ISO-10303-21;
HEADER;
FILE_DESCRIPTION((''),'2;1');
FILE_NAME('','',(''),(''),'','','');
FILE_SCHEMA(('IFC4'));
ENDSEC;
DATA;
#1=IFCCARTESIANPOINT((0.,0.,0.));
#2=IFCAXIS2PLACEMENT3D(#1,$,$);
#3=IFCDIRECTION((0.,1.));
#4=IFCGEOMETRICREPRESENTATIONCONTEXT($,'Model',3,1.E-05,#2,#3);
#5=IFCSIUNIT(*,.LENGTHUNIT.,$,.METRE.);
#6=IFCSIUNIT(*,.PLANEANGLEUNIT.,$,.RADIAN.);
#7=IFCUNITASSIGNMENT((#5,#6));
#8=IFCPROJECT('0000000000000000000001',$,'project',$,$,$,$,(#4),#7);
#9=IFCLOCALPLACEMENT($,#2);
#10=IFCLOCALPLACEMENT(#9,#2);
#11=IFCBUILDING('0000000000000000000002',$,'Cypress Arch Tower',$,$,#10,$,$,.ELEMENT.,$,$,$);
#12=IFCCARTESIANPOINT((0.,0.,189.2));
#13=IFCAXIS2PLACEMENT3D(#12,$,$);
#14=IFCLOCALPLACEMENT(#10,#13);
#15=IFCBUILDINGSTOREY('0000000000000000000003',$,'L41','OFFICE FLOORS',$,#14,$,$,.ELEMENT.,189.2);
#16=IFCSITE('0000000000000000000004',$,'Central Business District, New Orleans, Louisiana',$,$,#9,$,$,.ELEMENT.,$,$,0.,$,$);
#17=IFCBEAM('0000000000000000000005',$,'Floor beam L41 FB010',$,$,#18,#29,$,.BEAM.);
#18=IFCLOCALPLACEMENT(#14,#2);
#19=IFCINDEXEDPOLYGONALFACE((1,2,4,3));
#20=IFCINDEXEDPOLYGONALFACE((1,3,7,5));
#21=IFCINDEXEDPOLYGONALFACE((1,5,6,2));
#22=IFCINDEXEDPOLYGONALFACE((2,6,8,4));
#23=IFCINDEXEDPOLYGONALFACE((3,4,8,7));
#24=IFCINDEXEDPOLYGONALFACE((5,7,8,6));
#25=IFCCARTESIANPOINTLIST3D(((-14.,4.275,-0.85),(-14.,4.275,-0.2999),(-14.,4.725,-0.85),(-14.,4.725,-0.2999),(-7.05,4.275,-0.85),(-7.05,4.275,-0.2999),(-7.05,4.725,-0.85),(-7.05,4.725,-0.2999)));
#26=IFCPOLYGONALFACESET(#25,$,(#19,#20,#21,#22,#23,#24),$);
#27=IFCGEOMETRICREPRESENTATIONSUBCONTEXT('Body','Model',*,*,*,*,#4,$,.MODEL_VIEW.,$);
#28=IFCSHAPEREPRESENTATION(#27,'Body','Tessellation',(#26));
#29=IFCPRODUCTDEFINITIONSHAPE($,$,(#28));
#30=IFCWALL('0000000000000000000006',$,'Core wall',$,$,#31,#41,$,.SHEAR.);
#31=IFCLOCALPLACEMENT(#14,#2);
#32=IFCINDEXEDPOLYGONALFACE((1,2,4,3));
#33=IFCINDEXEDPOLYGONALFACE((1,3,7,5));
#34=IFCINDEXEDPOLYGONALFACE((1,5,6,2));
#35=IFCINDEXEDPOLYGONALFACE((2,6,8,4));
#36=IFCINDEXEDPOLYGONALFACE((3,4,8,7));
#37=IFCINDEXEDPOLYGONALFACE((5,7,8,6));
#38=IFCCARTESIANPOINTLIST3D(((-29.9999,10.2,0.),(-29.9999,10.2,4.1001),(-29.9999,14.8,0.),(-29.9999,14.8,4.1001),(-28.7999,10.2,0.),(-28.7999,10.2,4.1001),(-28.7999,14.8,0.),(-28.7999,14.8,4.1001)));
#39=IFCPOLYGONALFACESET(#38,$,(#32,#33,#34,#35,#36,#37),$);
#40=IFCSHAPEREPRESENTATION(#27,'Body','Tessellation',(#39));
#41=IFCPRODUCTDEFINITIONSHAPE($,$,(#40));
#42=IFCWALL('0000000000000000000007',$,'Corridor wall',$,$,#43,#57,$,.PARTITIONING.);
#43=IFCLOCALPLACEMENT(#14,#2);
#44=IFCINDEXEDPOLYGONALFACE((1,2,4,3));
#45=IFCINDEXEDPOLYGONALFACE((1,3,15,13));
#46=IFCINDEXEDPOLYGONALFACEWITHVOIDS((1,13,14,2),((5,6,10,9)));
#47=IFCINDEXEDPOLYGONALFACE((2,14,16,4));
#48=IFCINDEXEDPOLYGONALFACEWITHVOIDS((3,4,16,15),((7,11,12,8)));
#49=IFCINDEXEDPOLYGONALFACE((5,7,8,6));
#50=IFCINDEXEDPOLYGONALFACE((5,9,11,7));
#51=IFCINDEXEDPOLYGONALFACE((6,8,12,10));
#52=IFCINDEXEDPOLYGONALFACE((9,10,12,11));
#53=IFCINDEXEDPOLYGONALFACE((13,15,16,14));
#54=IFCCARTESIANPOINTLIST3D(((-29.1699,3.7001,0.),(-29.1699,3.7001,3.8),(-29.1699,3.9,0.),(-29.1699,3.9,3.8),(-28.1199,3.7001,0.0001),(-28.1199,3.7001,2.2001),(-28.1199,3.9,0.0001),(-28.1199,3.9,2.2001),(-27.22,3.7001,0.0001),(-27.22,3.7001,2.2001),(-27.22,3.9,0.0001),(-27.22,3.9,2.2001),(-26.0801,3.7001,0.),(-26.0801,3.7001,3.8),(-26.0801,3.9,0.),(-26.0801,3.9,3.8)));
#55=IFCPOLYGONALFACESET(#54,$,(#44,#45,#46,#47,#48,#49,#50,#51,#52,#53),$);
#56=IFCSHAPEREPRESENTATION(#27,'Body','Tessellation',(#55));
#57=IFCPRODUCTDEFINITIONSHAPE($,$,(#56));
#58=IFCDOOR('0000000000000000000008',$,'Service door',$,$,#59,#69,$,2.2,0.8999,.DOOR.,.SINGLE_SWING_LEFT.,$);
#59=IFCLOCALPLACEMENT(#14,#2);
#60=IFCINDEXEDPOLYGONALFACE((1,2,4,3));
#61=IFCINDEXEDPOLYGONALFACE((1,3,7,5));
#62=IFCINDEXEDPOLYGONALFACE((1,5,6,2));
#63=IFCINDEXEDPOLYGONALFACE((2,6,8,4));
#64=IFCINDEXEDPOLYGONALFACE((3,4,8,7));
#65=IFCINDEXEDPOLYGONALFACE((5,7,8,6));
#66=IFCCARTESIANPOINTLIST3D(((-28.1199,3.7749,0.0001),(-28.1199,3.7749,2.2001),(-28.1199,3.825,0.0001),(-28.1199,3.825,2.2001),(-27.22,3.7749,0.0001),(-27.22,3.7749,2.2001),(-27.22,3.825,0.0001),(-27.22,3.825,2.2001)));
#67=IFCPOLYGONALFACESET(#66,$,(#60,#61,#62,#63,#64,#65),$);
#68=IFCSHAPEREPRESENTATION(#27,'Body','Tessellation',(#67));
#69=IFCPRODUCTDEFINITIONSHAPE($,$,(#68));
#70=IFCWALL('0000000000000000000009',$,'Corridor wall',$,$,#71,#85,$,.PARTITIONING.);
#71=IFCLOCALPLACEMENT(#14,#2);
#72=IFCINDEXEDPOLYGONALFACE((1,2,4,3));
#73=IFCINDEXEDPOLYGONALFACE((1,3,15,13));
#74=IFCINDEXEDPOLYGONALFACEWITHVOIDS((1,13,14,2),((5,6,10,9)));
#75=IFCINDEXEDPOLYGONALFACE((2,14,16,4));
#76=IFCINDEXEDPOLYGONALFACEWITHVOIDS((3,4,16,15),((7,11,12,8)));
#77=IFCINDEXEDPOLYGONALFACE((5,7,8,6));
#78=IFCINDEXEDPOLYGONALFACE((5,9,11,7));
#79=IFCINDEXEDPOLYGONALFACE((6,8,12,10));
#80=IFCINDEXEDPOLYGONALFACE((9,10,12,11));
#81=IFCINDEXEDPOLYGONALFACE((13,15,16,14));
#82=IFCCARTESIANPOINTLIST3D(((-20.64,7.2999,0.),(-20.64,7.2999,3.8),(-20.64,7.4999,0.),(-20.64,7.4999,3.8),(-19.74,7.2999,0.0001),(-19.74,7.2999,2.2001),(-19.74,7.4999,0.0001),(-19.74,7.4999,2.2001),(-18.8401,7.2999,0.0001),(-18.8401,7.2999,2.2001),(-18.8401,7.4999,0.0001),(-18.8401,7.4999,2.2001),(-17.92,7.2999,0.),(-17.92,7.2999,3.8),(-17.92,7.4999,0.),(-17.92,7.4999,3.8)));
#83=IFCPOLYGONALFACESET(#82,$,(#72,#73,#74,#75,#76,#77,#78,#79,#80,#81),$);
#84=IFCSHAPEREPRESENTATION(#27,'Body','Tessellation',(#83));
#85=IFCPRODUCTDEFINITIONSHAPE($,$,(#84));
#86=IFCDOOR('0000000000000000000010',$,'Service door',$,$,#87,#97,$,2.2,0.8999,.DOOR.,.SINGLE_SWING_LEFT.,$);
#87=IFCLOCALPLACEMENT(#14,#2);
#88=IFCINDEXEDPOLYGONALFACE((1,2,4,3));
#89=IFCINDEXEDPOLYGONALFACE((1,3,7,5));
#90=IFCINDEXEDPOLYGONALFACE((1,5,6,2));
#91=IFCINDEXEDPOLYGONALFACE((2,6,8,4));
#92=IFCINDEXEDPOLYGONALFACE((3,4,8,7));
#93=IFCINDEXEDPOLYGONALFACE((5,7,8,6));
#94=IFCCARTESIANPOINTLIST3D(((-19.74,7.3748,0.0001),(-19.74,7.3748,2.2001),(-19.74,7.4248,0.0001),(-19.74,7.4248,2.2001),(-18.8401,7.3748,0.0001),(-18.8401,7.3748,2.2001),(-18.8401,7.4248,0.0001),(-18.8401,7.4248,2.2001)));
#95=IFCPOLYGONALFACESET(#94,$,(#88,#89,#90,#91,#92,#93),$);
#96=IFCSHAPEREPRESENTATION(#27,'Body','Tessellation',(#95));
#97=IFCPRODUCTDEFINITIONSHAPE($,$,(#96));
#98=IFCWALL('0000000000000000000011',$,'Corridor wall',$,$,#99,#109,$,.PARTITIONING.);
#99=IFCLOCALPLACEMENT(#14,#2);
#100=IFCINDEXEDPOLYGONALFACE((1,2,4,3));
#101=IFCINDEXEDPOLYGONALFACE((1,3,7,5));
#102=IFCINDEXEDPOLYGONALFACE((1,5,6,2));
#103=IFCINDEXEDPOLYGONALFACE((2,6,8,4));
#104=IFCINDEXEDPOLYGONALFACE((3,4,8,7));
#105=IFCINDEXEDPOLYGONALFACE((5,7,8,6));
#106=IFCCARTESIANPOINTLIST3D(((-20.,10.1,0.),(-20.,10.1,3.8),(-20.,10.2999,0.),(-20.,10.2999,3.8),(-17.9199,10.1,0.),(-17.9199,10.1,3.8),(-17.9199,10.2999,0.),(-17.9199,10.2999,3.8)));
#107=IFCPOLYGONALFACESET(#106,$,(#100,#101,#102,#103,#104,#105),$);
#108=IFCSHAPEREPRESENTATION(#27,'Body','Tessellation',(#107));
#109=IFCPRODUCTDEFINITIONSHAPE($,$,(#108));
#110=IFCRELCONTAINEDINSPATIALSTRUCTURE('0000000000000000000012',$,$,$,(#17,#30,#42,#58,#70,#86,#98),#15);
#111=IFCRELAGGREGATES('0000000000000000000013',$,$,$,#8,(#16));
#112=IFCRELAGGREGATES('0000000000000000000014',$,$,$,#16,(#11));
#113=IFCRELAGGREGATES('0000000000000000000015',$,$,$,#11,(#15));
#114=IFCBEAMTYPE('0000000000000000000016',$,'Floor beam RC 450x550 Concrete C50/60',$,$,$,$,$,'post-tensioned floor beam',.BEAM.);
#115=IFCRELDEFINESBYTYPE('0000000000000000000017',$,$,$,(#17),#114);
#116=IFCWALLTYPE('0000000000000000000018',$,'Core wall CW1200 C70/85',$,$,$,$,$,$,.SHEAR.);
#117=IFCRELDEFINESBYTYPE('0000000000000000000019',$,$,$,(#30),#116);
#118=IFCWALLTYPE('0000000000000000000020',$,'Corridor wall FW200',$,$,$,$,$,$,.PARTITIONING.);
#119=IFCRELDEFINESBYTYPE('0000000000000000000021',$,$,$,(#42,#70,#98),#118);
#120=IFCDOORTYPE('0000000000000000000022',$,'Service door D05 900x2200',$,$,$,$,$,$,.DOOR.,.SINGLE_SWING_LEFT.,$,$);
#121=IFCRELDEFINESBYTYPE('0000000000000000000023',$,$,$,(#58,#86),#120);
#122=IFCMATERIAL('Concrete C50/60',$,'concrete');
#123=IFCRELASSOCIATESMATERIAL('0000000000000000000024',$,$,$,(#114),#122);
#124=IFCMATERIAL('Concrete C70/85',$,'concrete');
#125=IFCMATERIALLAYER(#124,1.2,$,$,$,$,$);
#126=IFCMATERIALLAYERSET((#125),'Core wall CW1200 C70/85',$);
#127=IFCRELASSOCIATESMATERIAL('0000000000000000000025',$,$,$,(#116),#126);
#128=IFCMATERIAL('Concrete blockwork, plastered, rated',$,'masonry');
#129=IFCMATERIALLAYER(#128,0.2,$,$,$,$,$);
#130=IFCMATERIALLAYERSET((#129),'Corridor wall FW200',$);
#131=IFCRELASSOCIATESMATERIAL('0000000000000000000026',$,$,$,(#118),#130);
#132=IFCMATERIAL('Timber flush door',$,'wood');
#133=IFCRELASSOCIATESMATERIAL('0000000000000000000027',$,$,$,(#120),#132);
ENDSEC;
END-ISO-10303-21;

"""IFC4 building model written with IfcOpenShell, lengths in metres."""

from ifc_helpers import new_model, si_unit, direction, frame, frame_2d, origin, origin_2d, place, context, subcontext, project, spatial, rectangle, extrude, material, layer, layer_set, material_profile, profile_set, type_object, element, fill, save


model = new_model("IFC4")

# Units and contexts
model_context = context("Model", 3, precision=1e-05, world=origin(), true_north=direction((0.0, 1.0)))
body_context = subcontext(model_context, "Body", "Model", "MODEL_VIEW")
ifc_project = project(units=[si_unit("LENGTHUNIT", "METRE"), si_unit("PLANEANGLEUNIT", "RADIAN")], contexts=[model_context])

# Site, building, storey
site_placement = place(None, origin())
site = spatial("IfcSite", under=ifc_project, at=site_placement, Name="Central Business District, New Orleans, Louisiana", CompositionType="ELEMENT", RefElevation=0.0)
building_placement = place(site_placement, origin())
building = spatial("IfcBuilding", under=site, at=building_placement, Name="Cypress Arch Tower", CompositionType="ELEMENT")
storey_placement = place(building_placement, frame((0.0, 0.0, 189.2)))
storey = spatial("IfcBuildingStorey", under=building, at=storey_placement, Name="L41", Description="OFFICE FLOORS", CompositionType="ELEMENT", Elevation=189.2)

# Beam
ifc_material_1 = material(Name="Concrete C50/60", Category="concrete")
ifc_material_profile = material_profile(ifc_material_1, rectangle(XDim=0.45, YDim=0.55, at=origin_2d()), Name="RC 450x550")
ifc_profile_set = profile_set([ifc_material_profile], Name="Concrete C50/60")
beam_type = type_object("IfcBeamType", Name="Floor beam RC 450x550 Concrete C50/60", ElementType="post-tensioned floor beam", PredefinedType="BEAM", material=ifc_profile_set)
beam_placement = place(storey_placement, frame((-14.0, 4.5, -0.575), z_axis=(1.0, 0.0, 0.0), x_axis=(0.0, 1.0, 0.0)))
element("IfcBeam", 1, at=beam_placement, inside=storey, type_object=beam_type, Name="Floor beam L41 FB010", PredefinedType="BEAM", context=body_context, shape_type="SweptSolid", body=[
    extrude(rectangle(XDim=0.45, YDim=0.55, at=origin_2d()), origin(), (0.0, 0.0, 1.0), 6.95),
])

# Wall
ifc_material_2 = material(Name="Concrete C70/85", Category="concrete")
ifc_layer_1 = layer(ifc_material_2, 1.2)
ifc_layer_set_1 = layer_set([ifc_layer_1], Name="Core wall CW1200 C70/85")
wall_type_1 = type_object("IfcWallType", Name="Core wall CW1200 C70/85", PredefinedType="SHEAR", material=ifc_layer_set_1)
wall_1_placement = place(storey_placement, frame((-29.3999, 10.2, 0.0), z_axis=(0.0, 0.0, 1.0), x_axis=(0.0, 1.0, 0.0)))
element("IfcWall", 2, at=wall_1_placement, inside=storey, type_object=wall_type_1, Name="Core wall", PredefinedType="SHEAR", context=body_context, shape_type="SweptSolid", body=[
    extrude(rectangle(XDim=4.6001, YDim=1.2, at=frame_2d((2.3, 0.0))), origin(), (0.0, 0.0, 1.0), 4.1001),
])

# Walls, openings, doors
ifc_material_3 = material(Name="Concrete blockwork, plastered, rated", Category="masonry")
ifc_layer_2 = layer(ifc_material_3, 0.2)
ifc_layer_set_2 = layer_set([ifc_layer_2], Name="Corridor wall FW200")
wall_type_2 = type_object("IfcWallType", Name="Corridor wall FW200", PredefinedType="PARTITIONING", material=ifc_layer_set_2)
wall_2_placement = place(storey_placement, frame((-29.1699, 3.8, 0.0), z_axis=(0.0, 0.0, 1.0), x_axis=(1.0, 0.0, 0.0)))
wall_2 = element("IfcWall", 3, at=wall_2_placement, inside=storey, type_object=wall_type_2, Name="Corridor wall", PredefinedType="PARTITIONING", context=body_context, shape_type="SweptSolid", body=[
    extrude(rectangle(XDim=3.0898, YDim=0.2, at=frame_2d((1.5449, 0.0))), origin(), (0.0, 0.0, 1.0), 3.8),
])
opening_1_placement = place(wall_2_placement, frame((1.05, 0.0, 0.0)))
opening_1 = element("IfcOpeningElement", 4, at=opening_1_placement, cuts=wall_2, PredefinedType="OPENING", context=body_context, shape_type="SweptSolid", body=[
    extrude(rectangle(XDim=0.8999, YDim=2.2, at=frame_2d((0.45, 1.1001))), frame((0.0, 0.1099, 0.0), z_axis=(0.0, -1.0, 0.0), x_axis=(1.0, 0.0, 0.0)), (0.0, 0.0, 1.0), 0.22),
])
ifc_material_4 = material(Name="Timber flush door", Category="wood")
door_type_1 = type_object("IfcDoorType", Name="Service door D05 900x2200", OperationType="SINGLE_SWING_LEFT", PredefinedType="DOOR", material=ifc_material_4)
door_1_placement = place(opening_1_placement, origin())
door_1 = element("IfcDoor", 5, at=door_1_placement, inside=storey, type_object=door_type_1, Name="Service door", OperationType="SINGLE_SWING_LEFT", OverallHeight=2.2, OverallWidth=0.8999, PredefinedType="DOOR", context=body_context, shape_type="SweptSolid", body=[
    extrude(rectangle(XDim=0.8999, YDim=2.2, at=frame_2d((0.45, 1.1001))), frame((0.0, 0.0249, 0.0), z_axis=(0.0, -1.0, 0.0), x_axis=(1.0, 0.0, 0.0)), (0.0, 0.0, 1.0), 0.05),
])
fill(opening_1, door_1)
wall_3_placement = place(storey_placement, frame((-20.6399, 7.3999, 0.0), z_axis=(0.0, 0.0, 1.0), x_axis=(1.0, 0.0, 0.0)))
wall_3 = element("IfcWall", 6, at=wall_3_placement, inside=storey, type_object=wall_type_2, Name="Corridor wall", PredefinedType="PARTITIONING", context=body_context, shape_type="SweptSolid", body=[
    extrude(rectangle(XDim=2.72, YDim=0.2, at=frame_2d((1.3599, 0.0))), origin(), (0.0, 0.0, 1.0), 3.8),
])
opening_2_placement = place(wall_3_placement, frame((0.8999, 0.0, 0.0)))
opening_2 = element("IfcOpeningElement", 7, at=opening_2_placement, cuts=wall_3, PredefinedType="OPENING", context=body_context, shape_type="SweptSolid", body=[
    extrude(rectangle(XDim=0.8999, YDim=2.2, at=frame_2d((0.45, 1.1001))), frame((0.0, 0.1099, 0.0), z_axis=(0.0, -1.0, 0.0), x_axis=(1.0, 0.0, 0.0)), (0.0, 0.0, 1.0), 0.22),
])
door_2_placement = place(opening_2_placement, origin())
door_2 = element("IfcDoor", 8, at=door_2_placement, inside=storey, type_object=door_type_1, Name="Service door", OperationType="SINGLE_SWING_LEFT", OverallHeight=2.2, OverallWidth=0.8999, PredefinedType="DOOR", context=body_context, shape_type="SweptSolid", body=[
    extrude(rectangle(XDim=0.8999, YDim=2.2, at=frame_2d((0.45, 1.1001))), frame((0.0, 0.0249, 0.0), z_axis=(0.0, -1.0, 0.0), x_axis=(1.0, 0.0, 0.0)), (0.0, 0.0, 1.0), 0.05),
])
fill(opening_2, door_2)

# Wall
wall_4_placement = place(storey_placement, frame((-20.0, 10.2, 0.0), z_axis=(0.0, 0.0, 1.0), x_axis=(1.0, 0.0, 0.0)))
element("IfcWall", 9, at=wall_4_placement, inside=storey, type_object=wall_type_2, Name="Corridor wall", PredefinedType="PARTITIONING", context=body_context, shape_type="SweptSolid", body=[
    extrude(rectangle(XDim=2.0801, YDim=0.2, at=frame_2d((1.04, 0.0))), origin(), (0.0, 0.0, 1.0), 3.8),
])

save(model, "model.ifc")
